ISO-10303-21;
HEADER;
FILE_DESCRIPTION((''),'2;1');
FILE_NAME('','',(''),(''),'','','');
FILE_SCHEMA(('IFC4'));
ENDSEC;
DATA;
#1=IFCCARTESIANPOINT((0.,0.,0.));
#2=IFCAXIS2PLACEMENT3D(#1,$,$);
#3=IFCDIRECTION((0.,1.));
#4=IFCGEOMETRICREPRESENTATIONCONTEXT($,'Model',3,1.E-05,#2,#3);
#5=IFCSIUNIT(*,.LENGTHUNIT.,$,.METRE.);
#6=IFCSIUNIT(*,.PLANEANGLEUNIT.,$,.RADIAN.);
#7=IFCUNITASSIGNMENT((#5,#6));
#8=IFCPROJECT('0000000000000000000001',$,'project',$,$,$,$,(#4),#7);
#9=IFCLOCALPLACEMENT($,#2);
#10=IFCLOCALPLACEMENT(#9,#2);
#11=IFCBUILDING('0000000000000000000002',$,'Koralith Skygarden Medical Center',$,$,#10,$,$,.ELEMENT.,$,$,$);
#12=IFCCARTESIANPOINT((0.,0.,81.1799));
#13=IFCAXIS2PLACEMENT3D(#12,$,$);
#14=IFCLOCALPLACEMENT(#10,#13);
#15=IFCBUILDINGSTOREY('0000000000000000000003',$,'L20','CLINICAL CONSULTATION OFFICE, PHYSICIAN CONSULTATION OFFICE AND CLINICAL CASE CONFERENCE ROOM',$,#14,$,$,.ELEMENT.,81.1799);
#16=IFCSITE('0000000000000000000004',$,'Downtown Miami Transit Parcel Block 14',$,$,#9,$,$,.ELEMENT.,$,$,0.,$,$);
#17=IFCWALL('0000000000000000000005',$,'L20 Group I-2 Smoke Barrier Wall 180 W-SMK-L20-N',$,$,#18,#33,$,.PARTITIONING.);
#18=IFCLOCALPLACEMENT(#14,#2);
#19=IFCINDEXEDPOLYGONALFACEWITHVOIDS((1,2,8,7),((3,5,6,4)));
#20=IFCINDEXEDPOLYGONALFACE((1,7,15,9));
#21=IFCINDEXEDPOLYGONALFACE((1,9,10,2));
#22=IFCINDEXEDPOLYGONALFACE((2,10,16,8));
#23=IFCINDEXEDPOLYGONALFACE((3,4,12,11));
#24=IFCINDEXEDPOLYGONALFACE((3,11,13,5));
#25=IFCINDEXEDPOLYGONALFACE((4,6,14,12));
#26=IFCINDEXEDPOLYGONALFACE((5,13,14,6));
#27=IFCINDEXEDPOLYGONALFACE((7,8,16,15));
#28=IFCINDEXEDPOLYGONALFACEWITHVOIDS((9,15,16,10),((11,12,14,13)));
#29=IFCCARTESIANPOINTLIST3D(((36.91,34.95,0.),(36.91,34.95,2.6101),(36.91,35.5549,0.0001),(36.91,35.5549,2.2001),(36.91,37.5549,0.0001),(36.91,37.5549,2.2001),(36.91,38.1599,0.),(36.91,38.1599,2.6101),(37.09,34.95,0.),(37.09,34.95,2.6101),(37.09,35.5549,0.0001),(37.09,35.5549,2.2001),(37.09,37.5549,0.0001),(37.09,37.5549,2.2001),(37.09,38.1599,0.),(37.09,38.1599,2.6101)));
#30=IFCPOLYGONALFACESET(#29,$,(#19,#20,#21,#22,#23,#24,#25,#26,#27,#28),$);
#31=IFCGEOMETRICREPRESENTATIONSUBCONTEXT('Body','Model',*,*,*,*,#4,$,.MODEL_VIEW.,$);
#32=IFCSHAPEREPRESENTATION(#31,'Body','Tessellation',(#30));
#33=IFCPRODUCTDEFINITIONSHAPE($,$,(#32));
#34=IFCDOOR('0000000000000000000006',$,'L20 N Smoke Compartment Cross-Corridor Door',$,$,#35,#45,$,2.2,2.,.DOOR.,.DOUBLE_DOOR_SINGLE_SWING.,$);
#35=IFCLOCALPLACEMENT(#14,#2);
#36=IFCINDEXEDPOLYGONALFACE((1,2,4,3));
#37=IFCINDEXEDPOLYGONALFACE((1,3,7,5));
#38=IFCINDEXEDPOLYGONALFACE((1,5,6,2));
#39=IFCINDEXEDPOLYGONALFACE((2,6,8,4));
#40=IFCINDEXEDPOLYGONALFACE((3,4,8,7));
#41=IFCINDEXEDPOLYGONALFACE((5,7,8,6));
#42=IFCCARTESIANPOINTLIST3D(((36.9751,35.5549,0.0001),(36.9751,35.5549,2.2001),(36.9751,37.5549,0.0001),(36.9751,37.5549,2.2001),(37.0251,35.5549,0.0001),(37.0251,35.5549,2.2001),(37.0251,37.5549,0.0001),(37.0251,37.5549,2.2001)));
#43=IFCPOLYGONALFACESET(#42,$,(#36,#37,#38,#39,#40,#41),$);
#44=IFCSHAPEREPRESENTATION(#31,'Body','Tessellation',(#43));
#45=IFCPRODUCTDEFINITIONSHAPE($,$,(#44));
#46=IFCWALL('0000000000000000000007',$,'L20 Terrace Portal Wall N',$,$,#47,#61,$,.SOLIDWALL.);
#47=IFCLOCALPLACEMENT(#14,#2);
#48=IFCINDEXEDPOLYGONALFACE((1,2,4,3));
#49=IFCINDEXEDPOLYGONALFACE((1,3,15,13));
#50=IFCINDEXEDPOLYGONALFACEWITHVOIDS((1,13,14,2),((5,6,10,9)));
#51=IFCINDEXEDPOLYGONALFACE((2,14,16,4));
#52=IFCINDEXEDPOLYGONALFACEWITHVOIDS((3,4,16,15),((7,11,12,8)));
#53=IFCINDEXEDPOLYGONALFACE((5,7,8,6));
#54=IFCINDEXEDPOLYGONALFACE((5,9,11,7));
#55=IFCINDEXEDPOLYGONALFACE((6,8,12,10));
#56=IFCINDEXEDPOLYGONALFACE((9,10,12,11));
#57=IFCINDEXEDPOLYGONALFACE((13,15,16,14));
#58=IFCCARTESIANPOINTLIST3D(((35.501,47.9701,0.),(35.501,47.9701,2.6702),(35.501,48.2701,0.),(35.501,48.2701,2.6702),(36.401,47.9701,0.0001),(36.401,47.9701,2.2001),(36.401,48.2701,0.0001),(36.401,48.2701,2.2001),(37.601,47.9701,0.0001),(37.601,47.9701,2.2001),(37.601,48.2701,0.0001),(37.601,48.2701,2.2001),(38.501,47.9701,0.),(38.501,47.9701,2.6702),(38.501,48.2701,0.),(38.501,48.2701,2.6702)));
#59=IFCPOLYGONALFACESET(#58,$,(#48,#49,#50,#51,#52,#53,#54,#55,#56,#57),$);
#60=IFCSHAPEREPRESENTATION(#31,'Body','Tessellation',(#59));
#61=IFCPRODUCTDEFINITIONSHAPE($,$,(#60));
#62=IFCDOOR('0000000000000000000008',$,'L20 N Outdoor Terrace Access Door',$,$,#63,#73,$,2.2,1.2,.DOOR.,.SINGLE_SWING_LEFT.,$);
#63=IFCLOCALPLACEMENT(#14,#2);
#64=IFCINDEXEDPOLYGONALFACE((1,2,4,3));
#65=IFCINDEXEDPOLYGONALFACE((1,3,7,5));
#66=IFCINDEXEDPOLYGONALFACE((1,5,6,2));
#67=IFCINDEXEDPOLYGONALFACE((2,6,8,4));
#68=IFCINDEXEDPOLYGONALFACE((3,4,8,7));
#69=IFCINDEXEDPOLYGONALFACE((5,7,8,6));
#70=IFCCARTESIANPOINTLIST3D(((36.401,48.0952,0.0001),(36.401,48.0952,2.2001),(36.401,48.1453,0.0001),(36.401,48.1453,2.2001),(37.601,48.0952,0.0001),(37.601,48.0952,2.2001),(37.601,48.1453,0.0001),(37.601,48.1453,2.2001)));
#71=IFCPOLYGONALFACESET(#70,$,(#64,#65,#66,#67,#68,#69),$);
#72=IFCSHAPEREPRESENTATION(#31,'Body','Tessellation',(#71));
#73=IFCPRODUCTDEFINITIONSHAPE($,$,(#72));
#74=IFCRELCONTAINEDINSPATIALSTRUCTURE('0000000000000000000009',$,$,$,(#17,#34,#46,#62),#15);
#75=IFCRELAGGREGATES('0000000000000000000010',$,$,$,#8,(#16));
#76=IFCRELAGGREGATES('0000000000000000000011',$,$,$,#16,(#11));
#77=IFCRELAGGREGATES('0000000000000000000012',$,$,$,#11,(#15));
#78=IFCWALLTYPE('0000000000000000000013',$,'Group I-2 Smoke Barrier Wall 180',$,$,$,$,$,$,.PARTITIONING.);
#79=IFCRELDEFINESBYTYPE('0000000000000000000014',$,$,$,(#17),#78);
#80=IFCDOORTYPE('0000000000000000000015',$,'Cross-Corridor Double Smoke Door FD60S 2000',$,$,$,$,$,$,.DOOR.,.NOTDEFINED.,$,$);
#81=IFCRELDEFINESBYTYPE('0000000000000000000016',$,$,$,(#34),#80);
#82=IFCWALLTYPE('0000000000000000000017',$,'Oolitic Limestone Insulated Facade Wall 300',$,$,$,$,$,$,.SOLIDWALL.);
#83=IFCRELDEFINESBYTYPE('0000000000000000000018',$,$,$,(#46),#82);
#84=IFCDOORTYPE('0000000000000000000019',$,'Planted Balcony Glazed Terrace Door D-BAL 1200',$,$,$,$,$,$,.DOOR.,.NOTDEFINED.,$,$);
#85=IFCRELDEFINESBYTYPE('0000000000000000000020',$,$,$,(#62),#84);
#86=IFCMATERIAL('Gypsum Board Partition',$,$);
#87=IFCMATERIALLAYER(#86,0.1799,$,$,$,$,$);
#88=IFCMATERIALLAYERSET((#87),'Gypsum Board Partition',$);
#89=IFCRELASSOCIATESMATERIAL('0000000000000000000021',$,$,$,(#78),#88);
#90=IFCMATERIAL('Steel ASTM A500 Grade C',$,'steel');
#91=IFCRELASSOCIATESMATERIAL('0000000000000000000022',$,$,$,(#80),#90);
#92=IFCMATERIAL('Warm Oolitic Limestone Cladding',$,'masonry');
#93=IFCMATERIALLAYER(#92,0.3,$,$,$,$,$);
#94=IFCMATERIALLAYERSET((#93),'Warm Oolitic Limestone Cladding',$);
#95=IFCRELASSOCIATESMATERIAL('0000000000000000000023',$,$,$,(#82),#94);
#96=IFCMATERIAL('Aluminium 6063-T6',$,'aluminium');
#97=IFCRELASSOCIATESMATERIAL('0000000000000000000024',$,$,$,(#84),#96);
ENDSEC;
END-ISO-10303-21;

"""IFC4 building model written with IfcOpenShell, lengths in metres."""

from ifc_helpers import new_model, si_unit, direction, frame, frame_2d, origin, place, context, subcontext, project, spatial, rectangle, extrude, material, layer, layer_set, type_object, element, fill, save


model = new_model("IFC4")

# Units and contexts
model_context = context("Model", 3, precision=1e-05, world=origin(), true_north=direction((0.0, 1.0)))
body_context = subcontext(model_context, "Body", "Model", "MODEL_VIEW")
ifc_project = project(units=[si_unit("LENGTHUNIT", "METRE"), si_unit("PLANEANGLEUNIT", "RADIAN")], contexts=[model_context])

# Site, building, storey
site_placement = place(None, origin())
site = spatial("IfcSite", under=ifc_project, at=site_placement, Name="Downtown Miami Transit Parcel Block 14", CompositionType="ELEMENT", RefElevation=0.0)
building_placement = place(site_placement, origin())
building = spatial("IfcBuilding", under=site, at=building_placement, Name="Koralith Skygarden Medical Center", CompositionType="ELEMENT")
storey_placement = place(building_placement, frame((0.0, 0.0, 81.1799)))
storey = spatial("IfcBuildingStorey", under=building, at=storey_placement, Name="L20", Description="CLINICAL CONSULTATION OFFICE, PHYSICIAN CONSULTATION OFFICE AND CLINICAL CASE CONFERENCE ROOM", CompositionType="ELEMENT", Elevation=81.1799)

# Shared definitions
ifc_material_1 = material(Name="Aluminium 6063-T6", Category="aluminium")

# Shared definitions
ifc_material_2 = material(Name="Gypsum Board Partition")

# Walls, openings, doors
ifc_layer_1 = layer(ifc_material_2, 0.1799)
ifc_layer_set_1 = layer_set([ifc_layer_1], Name="Gypsum Board Partition")
wall_type_1 = type_object("IfcWallType", Name="Group I-2 Smoke Barrier Wall 180", PredefinedType="PARTITIONING", material=ifc_layer_set_1)
wall_1_placement = place(storey_placement, frame((37.0, 34.95, 0.0), z_axis=(0.0, 0.0, 1.0), x_axis=(0.0, 1.0, 0.0)))
wall_1 = element("IfcWall", 1, at=wall_1_placement, inside=storey, type_object=wall_type_1, Name="L20 Group I-2 Smoke Barrier Wall 180 W-SMK-L20-N", PredefinedType="PARTITIONING", context=body_context, shape_type="SweptSolid", body=[
    extrude(rectangle(XDim=3.21, YDim=0.1799, at=frame_2d((1.605, 0.0))), origin(), (0.0, 0.0, 1.0), 2.6101),
])
opening_1_placement = place(wall_1_placement, frame((0.605, 0.0, 0.0)))
opening_1 = element("IfcOpeningElement", 2, at=opening_1_placement, cuts=wall_1, PredefinedType="OPENING", context=body_context, shape_type="SweptSolid", body=[
    extrude(rectangle(XDim=2.0, YDim=2.2, at=frame_2d((1.0, 1.1001))), frame((0.0, 0.0999, 0.0), z_axis=(0.0, -1.0, 0.0), x_axis=(1.0, 0.0, 0.0)), (0.0, 0.0, 1.0), 0.2),
])
ifc_material_3 = material(Name="Steel ASTM A500 Grade C", Category="steel")
door_type_1 = type_object("IfcDoorType", Name="Cross-Corridor Double Smoke Door FD60S 2000", OperationType="NOTDEFINED", PredefinedType="DOOR", material=ifc_material_3)
door_1_placement = place(opening_1_placement, origin())
door_1 = element("IfcDoor", 3, at=door_1_placement, inside=storey, type_object=door_type_1, Name="L20 N Smoke Compartment Cross-Corridor Door", OperationType="DOUBLE_DOOR_SINGLE_SWING", OverallHeight=2.2, OverallWidth=2.0, PredefinedType="DOOR", context=body_context, shape_type="SweptSolid", body=[
    extrude(rectangle(XDim=2.0, YDim=2.2, at=frame_2d((1.0, 1.1001))), frame((0.0, 0.0249, 0.0), z_axis=(0.0, -1.0, 0.0), x_axis=(1.0, 0.0, 0.0)), (0.0, 0.0, 1.0), 0.05),
])
fill(opening_1, door_1)
ifc_material_4 = material(Name="Warm Oolitic Limestone Cladding", Category="masonry")
ifc_layer_2 = layer(ifc_material_4, 0.3)
ifc_layer_set_2 = layer_set([ifc_layer_2], Name="Warm Oolitic Limestone Cladding")
wall_type_2 = type_object("IfcWallType", Name="Oolitic Limestone Insulated Facade Wall 300", PredefinedType="SOLIDWALL", material=ifc_layer_set_2)
wall_2_placement = place(storey_placement, frame((38.501, 48.1201, 0.0), z_axis=(0.0, 0.0, 1.0), x_axis=(-1.0, 0.0, 0.0)))
wall_2 = element("IfcWall", 4, at=wall_2_placement, inside=storey, type_object=wall_type_2, Name="L20 Terrace Portal Wall N", PredefinedType="SOLIDWALL", context=body_context, shape_type="SweptSolid", body=[
    extrude(rectangle(XDim=3.0, YDim=0.3, at=frame_2d((1.5, 0.0))), origin(), (0.0, 0.0, 1.0), 2.6702),
])
opening_2_placement = place(wall_2_placement, frame((0.8999, 0.0, 0.0)))
opening_2 = element("IfcOpeningElement", 5, at=opening_2_placement, cuts=wall_2, PredefinedType="OPENING", context=body_context, shape_type="SweptSolid", body=[
    extrude(rectangle(XDim=1.2, YDim=2.2, at=frame_2d((0.6001, 1.1001))), frame((0.0, 0.1599, 0.0), z_axis=(0.0, -1.0, 0.0), x_axis=(1.0, 0.0, 0.0)), (0.0, 0.0, 1.0), 0.3201),
])
door_type_2 = type_object("IfcDoorType", Name="Planted Balcony Glazed Terrace Door D-BAL 1200", OperationType="NOTDEFINED", PredefinedType="DOOR", material=ifc_material_1)
door_2_placement = place(opening_2_placement, origin())
door_2 = element("IfcDoor", 6, at=door_2_placement, inside=storey, type_object=door_type_2, Name="L20 N Outdoor Terrace Access Door", OperationType="SINGLE_SWING_LEFT", OverallHeight=2.2, OverallWidth=1.2, PredefinedType="DOOR", context=body_context, shape_type="SweptSolid", body=[
    extrude(rectangle(XDim=1.2, YDim=2.2, at=frame_2d((0.6001, 1.1001))), frame((0.0, 0.0249, 0.0), z_axis=(0.0, -1.0, 0.0), x_axis=(1.0, 0.0, 0.0)), (0.0, 0.0, 1.0), 0.05),
])
fill(opening_2, door_2)

save(model, "model.ifc")
